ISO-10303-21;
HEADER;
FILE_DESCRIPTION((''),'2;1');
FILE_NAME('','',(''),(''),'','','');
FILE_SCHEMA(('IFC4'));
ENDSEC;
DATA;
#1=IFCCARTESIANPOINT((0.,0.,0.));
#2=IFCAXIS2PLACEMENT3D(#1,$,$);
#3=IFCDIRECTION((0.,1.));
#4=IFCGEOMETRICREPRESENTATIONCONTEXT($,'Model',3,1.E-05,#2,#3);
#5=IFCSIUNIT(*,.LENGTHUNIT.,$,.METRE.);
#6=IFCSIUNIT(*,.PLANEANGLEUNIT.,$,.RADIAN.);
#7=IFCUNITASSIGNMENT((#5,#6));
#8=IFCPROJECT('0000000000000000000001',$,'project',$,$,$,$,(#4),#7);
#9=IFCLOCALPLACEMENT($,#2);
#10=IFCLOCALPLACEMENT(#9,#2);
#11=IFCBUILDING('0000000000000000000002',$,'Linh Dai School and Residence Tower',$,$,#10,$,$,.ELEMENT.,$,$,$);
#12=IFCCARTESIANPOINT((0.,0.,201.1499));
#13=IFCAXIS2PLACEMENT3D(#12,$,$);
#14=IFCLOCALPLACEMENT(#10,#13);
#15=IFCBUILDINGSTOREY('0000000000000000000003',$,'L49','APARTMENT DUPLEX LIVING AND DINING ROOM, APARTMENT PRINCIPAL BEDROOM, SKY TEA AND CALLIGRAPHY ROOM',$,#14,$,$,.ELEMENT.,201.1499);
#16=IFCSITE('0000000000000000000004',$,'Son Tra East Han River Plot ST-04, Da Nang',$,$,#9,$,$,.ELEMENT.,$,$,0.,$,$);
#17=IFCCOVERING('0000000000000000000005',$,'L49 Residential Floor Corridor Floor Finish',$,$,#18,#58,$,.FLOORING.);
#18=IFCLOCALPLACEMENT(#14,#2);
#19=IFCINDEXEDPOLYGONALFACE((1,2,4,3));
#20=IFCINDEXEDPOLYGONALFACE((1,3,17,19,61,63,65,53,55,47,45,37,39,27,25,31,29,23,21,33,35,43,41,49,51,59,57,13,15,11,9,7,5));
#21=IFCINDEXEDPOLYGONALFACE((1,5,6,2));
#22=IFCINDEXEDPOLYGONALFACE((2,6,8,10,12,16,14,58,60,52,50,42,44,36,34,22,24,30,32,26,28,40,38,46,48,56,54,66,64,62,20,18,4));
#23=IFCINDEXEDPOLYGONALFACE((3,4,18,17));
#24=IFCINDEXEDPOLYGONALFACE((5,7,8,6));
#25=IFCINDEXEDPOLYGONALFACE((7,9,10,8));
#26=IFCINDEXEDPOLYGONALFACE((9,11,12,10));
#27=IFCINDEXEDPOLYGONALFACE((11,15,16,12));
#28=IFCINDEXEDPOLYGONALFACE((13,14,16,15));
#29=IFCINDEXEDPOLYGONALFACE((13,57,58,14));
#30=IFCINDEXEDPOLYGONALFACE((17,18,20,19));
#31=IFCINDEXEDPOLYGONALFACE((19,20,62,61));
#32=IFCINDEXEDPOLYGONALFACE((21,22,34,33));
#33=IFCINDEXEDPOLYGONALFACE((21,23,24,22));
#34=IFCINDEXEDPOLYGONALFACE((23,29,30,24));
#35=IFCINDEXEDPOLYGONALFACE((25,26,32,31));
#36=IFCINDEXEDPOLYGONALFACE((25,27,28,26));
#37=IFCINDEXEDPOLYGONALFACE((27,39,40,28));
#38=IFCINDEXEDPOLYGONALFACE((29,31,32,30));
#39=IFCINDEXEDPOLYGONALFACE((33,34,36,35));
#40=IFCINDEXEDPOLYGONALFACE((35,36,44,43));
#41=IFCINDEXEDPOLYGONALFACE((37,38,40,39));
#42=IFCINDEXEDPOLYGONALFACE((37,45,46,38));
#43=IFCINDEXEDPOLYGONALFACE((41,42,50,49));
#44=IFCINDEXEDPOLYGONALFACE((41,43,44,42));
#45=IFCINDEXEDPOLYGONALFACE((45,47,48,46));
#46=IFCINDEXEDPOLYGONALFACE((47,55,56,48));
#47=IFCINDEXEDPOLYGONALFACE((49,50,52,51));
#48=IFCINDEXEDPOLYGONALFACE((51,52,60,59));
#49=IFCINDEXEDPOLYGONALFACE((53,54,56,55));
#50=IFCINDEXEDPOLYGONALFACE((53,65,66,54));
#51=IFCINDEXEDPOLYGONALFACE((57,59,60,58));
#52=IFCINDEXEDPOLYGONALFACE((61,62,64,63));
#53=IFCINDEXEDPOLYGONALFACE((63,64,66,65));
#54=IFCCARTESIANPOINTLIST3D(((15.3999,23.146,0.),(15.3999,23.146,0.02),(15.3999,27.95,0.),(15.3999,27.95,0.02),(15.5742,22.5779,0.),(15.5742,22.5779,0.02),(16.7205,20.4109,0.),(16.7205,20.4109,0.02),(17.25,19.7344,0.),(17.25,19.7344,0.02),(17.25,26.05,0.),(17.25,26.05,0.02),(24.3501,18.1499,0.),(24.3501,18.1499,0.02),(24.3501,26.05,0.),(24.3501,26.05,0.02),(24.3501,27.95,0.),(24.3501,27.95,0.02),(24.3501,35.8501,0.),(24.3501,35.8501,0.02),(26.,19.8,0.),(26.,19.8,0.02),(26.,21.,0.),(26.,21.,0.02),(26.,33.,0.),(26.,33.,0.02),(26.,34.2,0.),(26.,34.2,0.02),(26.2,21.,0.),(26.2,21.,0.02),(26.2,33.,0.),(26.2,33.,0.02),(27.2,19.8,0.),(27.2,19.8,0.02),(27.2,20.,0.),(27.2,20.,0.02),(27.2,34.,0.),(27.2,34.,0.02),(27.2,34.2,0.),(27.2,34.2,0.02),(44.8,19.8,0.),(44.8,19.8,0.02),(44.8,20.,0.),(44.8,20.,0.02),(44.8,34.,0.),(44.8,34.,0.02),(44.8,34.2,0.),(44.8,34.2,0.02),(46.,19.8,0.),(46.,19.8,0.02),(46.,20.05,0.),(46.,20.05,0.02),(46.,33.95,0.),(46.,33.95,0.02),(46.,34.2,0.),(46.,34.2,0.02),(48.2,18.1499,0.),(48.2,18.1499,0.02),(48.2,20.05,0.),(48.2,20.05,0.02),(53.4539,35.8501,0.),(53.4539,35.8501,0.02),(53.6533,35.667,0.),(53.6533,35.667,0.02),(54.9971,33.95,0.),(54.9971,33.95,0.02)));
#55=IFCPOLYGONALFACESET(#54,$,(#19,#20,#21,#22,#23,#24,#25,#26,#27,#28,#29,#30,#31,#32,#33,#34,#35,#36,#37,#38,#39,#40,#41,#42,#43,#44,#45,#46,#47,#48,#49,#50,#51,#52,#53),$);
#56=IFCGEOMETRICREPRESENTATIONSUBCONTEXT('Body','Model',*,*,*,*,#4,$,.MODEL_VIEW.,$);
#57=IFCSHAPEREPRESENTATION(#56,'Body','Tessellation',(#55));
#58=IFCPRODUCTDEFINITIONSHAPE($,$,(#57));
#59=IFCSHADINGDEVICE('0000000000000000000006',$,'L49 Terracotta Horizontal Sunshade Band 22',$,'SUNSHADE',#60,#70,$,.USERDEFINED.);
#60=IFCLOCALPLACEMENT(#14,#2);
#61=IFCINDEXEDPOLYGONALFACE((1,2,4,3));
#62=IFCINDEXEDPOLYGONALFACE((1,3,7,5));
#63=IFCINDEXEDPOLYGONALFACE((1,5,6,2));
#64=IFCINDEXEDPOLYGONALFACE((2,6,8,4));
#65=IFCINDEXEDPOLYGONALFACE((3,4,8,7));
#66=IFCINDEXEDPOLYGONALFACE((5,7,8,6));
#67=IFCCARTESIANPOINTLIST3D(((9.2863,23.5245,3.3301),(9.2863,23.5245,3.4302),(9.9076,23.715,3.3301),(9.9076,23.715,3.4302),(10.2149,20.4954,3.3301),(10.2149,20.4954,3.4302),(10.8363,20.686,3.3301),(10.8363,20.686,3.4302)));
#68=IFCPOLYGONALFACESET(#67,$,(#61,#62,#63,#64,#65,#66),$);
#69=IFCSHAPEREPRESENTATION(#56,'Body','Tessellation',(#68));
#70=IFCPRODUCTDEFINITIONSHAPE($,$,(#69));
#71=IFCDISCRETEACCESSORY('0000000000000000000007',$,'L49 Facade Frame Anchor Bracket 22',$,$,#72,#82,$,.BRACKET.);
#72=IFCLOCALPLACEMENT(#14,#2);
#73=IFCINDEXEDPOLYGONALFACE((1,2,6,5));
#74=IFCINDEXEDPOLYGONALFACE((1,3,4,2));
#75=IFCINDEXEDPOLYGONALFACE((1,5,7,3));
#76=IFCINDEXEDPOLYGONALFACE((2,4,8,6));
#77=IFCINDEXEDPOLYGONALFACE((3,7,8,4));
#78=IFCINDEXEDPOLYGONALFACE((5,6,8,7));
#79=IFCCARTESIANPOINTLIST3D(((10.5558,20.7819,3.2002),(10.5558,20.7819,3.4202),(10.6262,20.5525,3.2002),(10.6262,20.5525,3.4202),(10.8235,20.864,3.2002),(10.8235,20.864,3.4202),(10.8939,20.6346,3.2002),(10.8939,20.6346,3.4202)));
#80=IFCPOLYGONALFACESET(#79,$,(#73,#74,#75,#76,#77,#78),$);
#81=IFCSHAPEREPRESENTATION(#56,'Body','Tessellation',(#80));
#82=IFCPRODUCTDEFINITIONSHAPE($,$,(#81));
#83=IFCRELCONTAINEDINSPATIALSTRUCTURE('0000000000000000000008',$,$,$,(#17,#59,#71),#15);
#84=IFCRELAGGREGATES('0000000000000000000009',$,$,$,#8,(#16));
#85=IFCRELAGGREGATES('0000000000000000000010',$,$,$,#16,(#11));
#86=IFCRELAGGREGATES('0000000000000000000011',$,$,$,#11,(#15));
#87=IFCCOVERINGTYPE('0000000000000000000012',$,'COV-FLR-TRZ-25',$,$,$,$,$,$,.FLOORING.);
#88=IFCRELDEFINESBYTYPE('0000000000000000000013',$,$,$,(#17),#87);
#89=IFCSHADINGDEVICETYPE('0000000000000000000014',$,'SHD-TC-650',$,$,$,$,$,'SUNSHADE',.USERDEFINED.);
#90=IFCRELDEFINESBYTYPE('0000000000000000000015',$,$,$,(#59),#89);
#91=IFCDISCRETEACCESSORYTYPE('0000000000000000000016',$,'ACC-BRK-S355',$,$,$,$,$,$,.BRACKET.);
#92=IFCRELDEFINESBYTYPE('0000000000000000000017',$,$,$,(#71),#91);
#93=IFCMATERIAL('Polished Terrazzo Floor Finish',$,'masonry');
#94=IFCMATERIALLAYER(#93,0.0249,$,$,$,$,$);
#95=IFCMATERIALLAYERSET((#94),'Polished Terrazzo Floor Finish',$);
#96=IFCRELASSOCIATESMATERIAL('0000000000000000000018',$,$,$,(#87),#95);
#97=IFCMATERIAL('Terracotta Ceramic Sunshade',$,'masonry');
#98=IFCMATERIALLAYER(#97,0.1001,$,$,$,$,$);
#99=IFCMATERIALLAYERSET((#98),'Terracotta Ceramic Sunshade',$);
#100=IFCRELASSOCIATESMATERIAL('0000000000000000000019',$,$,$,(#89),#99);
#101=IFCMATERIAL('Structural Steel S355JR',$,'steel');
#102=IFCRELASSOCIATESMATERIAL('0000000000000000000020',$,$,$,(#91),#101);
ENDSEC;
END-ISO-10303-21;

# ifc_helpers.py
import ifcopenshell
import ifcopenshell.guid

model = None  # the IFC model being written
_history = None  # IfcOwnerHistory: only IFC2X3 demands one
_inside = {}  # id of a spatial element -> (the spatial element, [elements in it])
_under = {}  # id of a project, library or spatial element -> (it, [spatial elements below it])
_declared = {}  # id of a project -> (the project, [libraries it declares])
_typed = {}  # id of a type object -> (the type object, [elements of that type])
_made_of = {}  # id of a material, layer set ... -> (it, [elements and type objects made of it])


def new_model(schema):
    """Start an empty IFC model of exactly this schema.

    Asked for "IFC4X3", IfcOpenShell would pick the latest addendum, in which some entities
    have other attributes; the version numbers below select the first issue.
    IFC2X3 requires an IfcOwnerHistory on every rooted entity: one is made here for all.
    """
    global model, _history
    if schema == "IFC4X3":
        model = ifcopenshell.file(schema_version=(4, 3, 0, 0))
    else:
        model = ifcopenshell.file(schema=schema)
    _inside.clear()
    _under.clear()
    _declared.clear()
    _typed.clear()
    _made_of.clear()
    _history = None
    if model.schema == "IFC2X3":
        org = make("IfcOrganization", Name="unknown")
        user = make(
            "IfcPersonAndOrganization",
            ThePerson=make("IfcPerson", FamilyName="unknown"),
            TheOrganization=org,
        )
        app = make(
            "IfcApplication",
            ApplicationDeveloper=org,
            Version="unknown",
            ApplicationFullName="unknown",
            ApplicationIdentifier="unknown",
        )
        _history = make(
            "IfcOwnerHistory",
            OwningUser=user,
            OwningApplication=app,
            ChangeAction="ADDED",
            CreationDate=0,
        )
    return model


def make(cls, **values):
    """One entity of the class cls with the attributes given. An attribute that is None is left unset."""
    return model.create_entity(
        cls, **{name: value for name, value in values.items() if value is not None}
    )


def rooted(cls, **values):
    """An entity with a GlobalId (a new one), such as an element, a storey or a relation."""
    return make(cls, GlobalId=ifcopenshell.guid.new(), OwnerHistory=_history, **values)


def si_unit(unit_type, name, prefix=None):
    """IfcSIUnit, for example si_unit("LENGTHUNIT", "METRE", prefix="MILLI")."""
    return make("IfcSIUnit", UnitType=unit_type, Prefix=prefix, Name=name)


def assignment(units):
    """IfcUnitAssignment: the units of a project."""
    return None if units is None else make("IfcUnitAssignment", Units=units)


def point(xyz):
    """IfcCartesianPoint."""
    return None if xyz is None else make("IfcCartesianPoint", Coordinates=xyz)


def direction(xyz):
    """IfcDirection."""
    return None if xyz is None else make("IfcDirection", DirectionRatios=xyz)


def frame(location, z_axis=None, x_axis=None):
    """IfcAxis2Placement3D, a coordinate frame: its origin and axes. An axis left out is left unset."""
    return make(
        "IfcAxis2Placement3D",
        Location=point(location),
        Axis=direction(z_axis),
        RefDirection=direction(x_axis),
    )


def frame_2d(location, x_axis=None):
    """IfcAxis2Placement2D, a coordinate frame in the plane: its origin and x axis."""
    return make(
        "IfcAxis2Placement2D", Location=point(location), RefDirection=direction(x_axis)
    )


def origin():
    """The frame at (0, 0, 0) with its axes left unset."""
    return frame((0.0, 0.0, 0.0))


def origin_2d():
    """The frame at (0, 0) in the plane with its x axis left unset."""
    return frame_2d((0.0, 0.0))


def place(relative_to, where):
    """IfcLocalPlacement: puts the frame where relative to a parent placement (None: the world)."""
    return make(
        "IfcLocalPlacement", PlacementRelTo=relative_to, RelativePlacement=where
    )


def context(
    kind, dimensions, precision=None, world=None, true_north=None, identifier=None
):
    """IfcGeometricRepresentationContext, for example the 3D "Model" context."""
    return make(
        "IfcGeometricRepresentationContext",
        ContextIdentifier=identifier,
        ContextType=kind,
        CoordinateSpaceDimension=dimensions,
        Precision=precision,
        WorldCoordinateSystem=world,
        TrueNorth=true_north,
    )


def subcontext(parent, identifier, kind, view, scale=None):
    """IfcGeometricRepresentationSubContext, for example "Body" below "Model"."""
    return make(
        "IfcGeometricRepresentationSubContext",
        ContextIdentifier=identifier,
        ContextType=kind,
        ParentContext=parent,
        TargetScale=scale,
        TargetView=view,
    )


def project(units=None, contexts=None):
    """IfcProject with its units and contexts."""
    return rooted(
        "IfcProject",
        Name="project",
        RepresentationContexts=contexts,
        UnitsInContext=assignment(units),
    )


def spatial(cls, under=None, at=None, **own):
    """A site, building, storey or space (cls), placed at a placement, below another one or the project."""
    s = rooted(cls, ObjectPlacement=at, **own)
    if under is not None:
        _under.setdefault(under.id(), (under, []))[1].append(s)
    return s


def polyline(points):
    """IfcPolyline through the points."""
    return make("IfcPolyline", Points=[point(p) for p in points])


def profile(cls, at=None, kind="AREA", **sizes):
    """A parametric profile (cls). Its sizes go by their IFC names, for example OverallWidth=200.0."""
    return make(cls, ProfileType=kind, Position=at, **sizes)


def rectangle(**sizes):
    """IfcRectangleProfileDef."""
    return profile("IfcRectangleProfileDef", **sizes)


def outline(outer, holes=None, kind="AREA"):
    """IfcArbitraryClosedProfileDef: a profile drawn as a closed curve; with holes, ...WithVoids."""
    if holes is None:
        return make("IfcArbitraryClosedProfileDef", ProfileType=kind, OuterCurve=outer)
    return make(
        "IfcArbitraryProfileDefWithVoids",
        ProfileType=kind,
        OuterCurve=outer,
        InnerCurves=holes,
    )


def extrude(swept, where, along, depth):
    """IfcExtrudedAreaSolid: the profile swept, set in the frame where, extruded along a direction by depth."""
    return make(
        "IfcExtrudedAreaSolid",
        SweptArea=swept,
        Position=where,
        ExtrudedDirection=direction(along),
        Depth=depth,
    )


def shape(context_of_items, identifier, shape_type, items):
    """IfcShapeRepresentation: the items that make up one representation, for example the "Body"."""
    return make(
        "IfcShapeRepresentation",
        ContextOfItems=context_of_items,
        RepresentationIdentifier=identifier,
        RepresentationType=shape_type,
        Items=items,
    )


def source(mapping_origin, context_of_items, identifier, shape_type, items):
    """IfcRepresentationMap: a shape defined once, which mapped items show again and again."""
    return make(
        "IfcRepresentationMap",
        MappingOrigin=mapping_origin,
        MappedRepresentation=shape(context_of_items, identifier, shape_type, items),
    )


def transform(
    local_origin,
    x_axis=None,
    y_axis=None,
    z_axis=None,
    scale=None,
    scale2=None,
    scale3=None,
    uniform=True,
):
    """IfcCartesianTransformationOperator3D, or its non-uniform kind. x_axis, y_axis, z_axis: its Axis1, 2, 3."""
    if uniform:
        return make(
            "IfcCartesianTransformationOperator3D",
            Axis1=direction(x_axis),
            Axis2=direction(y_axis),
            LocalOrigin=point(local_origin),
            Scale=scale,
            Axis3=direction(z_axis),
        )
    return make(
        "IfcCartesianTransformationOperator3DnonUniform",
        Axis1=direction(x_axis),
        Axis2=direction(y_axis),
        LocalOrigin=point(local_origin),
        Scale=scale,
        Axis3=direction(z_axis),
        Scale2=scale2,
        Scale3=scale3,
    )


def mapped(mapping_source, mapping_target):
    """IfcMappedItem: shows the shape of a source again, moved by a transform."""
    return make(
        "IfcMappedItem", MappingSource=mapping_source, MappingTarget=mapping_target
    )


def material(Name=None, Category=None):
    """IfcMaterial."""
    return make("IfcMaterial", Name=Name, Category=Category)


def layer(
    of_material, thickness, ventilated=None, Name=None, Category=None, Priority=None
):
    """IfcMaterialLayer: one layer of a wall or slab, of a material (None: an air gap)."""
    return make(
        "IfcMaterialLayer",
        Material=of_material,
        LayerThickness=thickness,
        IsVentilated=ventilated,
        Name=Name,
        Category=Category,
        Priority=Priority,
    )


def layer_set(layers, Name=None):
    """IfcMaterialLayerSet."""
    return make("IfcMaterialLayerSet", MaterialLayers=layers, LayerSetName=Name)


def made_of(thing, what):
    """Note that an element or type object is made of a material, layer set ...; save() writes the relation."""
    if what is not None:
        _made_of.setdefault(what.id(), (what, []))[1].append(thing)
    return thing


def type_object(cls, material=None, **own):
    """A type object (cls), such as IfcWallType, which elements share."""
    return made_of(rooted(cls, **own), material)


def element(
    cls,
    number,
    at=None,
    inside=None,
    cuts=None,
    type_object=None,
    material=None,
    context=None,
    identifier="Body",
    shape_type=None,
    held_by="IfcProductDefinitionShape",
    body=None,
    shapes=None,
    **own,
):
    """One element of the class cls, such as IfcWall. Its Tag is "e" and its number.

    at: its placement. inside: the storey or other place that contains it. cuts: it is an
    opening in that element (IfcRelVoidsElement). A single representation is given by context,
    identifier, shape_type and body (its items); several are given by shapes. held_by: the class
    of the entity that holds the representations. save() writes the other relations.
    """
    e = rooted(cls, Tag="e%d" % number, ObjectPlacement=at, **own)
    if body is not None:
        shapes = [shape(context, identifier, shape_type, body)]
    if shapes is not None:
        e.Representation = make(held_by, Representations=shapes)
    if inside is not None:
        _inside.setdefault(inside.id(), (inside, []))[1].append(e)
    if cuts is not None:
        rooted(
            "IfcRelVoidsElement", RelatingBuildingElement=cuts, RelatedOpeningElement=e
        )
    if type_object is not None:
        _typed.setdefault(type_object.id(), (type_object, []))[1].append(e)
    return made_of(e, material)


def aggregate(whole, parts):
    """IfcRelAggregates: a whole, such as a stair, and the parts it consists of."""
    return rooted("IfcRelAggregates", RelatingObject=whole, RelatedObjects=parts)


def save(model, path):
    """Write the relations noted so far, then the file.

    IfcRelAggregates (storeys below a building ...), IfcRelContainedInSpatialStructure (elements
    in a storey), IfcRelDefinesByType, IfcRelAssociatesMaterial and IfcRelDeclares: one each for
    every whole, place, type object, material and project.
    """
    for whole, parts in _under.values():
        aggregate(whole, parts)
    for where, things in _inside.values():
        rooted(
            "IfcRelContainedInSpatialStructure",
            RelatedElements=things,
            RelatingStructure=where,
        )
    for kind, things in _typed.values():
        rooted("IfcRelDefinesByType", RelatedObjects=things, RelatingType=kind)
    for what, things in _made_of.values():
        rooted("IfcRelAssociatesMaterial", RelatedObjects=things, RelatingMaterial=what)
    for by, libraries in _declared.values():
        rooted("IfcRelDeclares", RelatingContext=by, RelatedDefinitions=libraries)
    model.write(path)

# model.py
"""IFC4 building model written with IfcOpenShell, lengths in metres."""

from ifc_helpers import new_model, si_unit, direction, frame, origin, origin_2d, place, context, subcontext, project, spatial, polyline, rectangle, outline, extrude, source, transform, mapped, material, layer, layer_set, type_object, element, save


model = new_model("IFC4")

# Units and contexts
model_context = context("Model", 3, precision=1e-05, world=origin(), true_north=direction((0.0, 1.0)))
body_context = subcontext(model_context, "Body", "Model", "MODEL_VIEW")
ifc_project = project(units=[si_unit("LENGTHUNIT", "METRE"), si_unit("PLANEANGLEUNIT", "RADIAN")], contexts=[model_context])

# Site, building, storey
site_placement = place(None, origin())
site = spatial("IfcSite", under=ifc_project, at=site_placement, Name="Son Tra East Han River Plot ST-04, Da Nang", CompositionType="ELEMENT", RefElevation=0.0)
building_placement = place(site_placement, origin())
building = spatial("IfcBuilding", under=site, at=building_placement, Name="Linh Dai School and Residence Tower", CompositionType="ELEMENT")
storey_placement = place(building_placement, frame((0.0, 0.0, 201.1499)))
storey = spatial("IfcBuildingStorey", under=building, at=storey_placement, Name="L49", Description="APARTMENT DUPLEX LIVING AND DINING ROOM, APARTMENT PRINCIPAL BEDROOM, SKY TEA AND CALLIGRAPHY ROOM", CompositionType="ELEMENT", Elevation=201.1499)

# Shared definitions
ifc_material_1 = material(Name="Structural Steel S355JR", Category="steel")

# Covering
ifc_material_2 = material(Name="Polished Terrazzo Floor Finish", Category="masonry")
ifc_layer_1 = layer(ifc_material_2, 0.0249)
ifc_layer_set_1 = layer_set([ifc_layer_1], Name="Polished Terrazzo Floor Finish")
covering_type_1 = type_object("IfcCoveringType", Name="COV-FLR-TRZ-25", PredefinedType="FLOORING", material=ifc_layer_set_1)
covering_1_placement = place(storey_placement, origin())
element("IfcCovering", 1, at=covering_1_placement, inside=storey, type_object=covering_type_1, Name="L49 Residential Floor Corridor Floor Finish", PredefinedType="FLOORING", context=body_context, shape_type="SweptSolid", body=[
    extrude(outline(polyline([(17.25, 19.7344), (16.7205, 20.4109), (15.5742, 22.5779), (15.3999, 23.146), (15.3999, 27.95), (24.3501, 27.95), (24.3501, 35.8501), (53.4539, 35.8501), (53.6533, 35.667), (54.9971, 33.95), (46.0, 33.95), (46.0, 34.2), (44.8, 34.2), (44.8, 34.0), (27.2, 34.0), (27.2, 34.2), (26.0, 34.2), (26.0, 33.0), (26.2, 33.0), (26.2, 21.0), (26.0, 21.0), (26.0, 19.8), (27.2, 19.8), (27.2, 20.0), (44.8, 20.0), (44.8, 19.8), (46.0, 19.8), (46.0, 20.05), (48.2, 20.05), (48.2, 18.1499), (24.3501, 18.1499), (24.3501, 26.05), (17.25, 26.05), (17.25, 19.7344)])), origin(), (0.0, 0.0, 1.0), 0.02),
])

# Shading device
ifc_material_3 = material(Name="Terracotta Ceramic Sunshade", Category="masonry")
ifc_layer_2 = layer(ifc_material_3, 0.1001)
ifc_layer_set_2 = layer_set([ifc_layer_2], Name="Terracotta Ceramic Sunshade")
shading_device_type = type_object("IfcShadingDeviceType", Name="SHD-TC-650", ElementType="SUNSHADE", PredefinedType="USERDEFINED", material=ifc_layer_set_2)
shared_shape_1 = source(origin(), body_context, "Body", "SweptSolid", [
    extrude(rectangle(XDim=3.1682, YDim=0.6499, at=origin_2d()), origin(), (0.0, 0.0, 1.0), 0.1001),
])
shading_device_placement = place(storey_placement, frame((10.0613, 22.1052, 3.3301), z_axis=(0.0, 0.0, 1.0), x_axis=(-0.293122, 0.956075, 0.0)))
element("IfcShadingDevice", 2, at=shading_device_placement, inside=storey, type_object=shading_device_type, Name="L49 Terracotta Horizontal Sunshade Band 22", ObjectType="SUNSHADE", PredefinedType="USERDEFINED", context=body_context, shape_type="MappedRepresentation", body=[
    mapped(shared_shape_1, transform((0.0, 0.0, 0.0), x_axis=(1.0, 0.0, 0.0), y_axis=(0.0, 1.0, 0.0), z_axis=(0.0, 0.0, 1.0), scale=1.0)),
])

# Discrete accessory
discrete_accessory_type = type_object("IfcDiscreteAccessoryType", Name="ACC-BRK-S355", PredefinedType="BRACKET", material=ifc_material_1)
shared_shape_2 = source(origin(), body_context, "Body", "SweptSolid", [
    extrude(rectangle(XDim=0.28, YDim=0.24, at=origin_2d()), origin(), (0.0, 0.0, 1.0), 0.22),
])
discrete_accessory_placement = place(storey_placement, frame((10.7249, 20.7083, 3.2002), z_axis=(0.0, 0.0, 1.0), x_axis=(-0.956075, -0.293122, 0.0)))
element("IfcDiscreteAccessory", 3, at=discrete_accessory_placement, inside=storey, type_object=discrete_accessory_type, Name="L49 Facade Frame Anchor Bracket 22", PredefinedType="BRACKET", context=body_context, shape_type="MappedRepresentation", body=[
    mapped(shared_shape_2, transform((0.0, 0.0, 0.0), x_axis=(1.0, 0.0, 0.0), y_axis=(0.0, 1.0, 0.0), z_axis=(0.0, 0.0, 1.0), scale=1.0)),
])

save(model, "model.ifc")
